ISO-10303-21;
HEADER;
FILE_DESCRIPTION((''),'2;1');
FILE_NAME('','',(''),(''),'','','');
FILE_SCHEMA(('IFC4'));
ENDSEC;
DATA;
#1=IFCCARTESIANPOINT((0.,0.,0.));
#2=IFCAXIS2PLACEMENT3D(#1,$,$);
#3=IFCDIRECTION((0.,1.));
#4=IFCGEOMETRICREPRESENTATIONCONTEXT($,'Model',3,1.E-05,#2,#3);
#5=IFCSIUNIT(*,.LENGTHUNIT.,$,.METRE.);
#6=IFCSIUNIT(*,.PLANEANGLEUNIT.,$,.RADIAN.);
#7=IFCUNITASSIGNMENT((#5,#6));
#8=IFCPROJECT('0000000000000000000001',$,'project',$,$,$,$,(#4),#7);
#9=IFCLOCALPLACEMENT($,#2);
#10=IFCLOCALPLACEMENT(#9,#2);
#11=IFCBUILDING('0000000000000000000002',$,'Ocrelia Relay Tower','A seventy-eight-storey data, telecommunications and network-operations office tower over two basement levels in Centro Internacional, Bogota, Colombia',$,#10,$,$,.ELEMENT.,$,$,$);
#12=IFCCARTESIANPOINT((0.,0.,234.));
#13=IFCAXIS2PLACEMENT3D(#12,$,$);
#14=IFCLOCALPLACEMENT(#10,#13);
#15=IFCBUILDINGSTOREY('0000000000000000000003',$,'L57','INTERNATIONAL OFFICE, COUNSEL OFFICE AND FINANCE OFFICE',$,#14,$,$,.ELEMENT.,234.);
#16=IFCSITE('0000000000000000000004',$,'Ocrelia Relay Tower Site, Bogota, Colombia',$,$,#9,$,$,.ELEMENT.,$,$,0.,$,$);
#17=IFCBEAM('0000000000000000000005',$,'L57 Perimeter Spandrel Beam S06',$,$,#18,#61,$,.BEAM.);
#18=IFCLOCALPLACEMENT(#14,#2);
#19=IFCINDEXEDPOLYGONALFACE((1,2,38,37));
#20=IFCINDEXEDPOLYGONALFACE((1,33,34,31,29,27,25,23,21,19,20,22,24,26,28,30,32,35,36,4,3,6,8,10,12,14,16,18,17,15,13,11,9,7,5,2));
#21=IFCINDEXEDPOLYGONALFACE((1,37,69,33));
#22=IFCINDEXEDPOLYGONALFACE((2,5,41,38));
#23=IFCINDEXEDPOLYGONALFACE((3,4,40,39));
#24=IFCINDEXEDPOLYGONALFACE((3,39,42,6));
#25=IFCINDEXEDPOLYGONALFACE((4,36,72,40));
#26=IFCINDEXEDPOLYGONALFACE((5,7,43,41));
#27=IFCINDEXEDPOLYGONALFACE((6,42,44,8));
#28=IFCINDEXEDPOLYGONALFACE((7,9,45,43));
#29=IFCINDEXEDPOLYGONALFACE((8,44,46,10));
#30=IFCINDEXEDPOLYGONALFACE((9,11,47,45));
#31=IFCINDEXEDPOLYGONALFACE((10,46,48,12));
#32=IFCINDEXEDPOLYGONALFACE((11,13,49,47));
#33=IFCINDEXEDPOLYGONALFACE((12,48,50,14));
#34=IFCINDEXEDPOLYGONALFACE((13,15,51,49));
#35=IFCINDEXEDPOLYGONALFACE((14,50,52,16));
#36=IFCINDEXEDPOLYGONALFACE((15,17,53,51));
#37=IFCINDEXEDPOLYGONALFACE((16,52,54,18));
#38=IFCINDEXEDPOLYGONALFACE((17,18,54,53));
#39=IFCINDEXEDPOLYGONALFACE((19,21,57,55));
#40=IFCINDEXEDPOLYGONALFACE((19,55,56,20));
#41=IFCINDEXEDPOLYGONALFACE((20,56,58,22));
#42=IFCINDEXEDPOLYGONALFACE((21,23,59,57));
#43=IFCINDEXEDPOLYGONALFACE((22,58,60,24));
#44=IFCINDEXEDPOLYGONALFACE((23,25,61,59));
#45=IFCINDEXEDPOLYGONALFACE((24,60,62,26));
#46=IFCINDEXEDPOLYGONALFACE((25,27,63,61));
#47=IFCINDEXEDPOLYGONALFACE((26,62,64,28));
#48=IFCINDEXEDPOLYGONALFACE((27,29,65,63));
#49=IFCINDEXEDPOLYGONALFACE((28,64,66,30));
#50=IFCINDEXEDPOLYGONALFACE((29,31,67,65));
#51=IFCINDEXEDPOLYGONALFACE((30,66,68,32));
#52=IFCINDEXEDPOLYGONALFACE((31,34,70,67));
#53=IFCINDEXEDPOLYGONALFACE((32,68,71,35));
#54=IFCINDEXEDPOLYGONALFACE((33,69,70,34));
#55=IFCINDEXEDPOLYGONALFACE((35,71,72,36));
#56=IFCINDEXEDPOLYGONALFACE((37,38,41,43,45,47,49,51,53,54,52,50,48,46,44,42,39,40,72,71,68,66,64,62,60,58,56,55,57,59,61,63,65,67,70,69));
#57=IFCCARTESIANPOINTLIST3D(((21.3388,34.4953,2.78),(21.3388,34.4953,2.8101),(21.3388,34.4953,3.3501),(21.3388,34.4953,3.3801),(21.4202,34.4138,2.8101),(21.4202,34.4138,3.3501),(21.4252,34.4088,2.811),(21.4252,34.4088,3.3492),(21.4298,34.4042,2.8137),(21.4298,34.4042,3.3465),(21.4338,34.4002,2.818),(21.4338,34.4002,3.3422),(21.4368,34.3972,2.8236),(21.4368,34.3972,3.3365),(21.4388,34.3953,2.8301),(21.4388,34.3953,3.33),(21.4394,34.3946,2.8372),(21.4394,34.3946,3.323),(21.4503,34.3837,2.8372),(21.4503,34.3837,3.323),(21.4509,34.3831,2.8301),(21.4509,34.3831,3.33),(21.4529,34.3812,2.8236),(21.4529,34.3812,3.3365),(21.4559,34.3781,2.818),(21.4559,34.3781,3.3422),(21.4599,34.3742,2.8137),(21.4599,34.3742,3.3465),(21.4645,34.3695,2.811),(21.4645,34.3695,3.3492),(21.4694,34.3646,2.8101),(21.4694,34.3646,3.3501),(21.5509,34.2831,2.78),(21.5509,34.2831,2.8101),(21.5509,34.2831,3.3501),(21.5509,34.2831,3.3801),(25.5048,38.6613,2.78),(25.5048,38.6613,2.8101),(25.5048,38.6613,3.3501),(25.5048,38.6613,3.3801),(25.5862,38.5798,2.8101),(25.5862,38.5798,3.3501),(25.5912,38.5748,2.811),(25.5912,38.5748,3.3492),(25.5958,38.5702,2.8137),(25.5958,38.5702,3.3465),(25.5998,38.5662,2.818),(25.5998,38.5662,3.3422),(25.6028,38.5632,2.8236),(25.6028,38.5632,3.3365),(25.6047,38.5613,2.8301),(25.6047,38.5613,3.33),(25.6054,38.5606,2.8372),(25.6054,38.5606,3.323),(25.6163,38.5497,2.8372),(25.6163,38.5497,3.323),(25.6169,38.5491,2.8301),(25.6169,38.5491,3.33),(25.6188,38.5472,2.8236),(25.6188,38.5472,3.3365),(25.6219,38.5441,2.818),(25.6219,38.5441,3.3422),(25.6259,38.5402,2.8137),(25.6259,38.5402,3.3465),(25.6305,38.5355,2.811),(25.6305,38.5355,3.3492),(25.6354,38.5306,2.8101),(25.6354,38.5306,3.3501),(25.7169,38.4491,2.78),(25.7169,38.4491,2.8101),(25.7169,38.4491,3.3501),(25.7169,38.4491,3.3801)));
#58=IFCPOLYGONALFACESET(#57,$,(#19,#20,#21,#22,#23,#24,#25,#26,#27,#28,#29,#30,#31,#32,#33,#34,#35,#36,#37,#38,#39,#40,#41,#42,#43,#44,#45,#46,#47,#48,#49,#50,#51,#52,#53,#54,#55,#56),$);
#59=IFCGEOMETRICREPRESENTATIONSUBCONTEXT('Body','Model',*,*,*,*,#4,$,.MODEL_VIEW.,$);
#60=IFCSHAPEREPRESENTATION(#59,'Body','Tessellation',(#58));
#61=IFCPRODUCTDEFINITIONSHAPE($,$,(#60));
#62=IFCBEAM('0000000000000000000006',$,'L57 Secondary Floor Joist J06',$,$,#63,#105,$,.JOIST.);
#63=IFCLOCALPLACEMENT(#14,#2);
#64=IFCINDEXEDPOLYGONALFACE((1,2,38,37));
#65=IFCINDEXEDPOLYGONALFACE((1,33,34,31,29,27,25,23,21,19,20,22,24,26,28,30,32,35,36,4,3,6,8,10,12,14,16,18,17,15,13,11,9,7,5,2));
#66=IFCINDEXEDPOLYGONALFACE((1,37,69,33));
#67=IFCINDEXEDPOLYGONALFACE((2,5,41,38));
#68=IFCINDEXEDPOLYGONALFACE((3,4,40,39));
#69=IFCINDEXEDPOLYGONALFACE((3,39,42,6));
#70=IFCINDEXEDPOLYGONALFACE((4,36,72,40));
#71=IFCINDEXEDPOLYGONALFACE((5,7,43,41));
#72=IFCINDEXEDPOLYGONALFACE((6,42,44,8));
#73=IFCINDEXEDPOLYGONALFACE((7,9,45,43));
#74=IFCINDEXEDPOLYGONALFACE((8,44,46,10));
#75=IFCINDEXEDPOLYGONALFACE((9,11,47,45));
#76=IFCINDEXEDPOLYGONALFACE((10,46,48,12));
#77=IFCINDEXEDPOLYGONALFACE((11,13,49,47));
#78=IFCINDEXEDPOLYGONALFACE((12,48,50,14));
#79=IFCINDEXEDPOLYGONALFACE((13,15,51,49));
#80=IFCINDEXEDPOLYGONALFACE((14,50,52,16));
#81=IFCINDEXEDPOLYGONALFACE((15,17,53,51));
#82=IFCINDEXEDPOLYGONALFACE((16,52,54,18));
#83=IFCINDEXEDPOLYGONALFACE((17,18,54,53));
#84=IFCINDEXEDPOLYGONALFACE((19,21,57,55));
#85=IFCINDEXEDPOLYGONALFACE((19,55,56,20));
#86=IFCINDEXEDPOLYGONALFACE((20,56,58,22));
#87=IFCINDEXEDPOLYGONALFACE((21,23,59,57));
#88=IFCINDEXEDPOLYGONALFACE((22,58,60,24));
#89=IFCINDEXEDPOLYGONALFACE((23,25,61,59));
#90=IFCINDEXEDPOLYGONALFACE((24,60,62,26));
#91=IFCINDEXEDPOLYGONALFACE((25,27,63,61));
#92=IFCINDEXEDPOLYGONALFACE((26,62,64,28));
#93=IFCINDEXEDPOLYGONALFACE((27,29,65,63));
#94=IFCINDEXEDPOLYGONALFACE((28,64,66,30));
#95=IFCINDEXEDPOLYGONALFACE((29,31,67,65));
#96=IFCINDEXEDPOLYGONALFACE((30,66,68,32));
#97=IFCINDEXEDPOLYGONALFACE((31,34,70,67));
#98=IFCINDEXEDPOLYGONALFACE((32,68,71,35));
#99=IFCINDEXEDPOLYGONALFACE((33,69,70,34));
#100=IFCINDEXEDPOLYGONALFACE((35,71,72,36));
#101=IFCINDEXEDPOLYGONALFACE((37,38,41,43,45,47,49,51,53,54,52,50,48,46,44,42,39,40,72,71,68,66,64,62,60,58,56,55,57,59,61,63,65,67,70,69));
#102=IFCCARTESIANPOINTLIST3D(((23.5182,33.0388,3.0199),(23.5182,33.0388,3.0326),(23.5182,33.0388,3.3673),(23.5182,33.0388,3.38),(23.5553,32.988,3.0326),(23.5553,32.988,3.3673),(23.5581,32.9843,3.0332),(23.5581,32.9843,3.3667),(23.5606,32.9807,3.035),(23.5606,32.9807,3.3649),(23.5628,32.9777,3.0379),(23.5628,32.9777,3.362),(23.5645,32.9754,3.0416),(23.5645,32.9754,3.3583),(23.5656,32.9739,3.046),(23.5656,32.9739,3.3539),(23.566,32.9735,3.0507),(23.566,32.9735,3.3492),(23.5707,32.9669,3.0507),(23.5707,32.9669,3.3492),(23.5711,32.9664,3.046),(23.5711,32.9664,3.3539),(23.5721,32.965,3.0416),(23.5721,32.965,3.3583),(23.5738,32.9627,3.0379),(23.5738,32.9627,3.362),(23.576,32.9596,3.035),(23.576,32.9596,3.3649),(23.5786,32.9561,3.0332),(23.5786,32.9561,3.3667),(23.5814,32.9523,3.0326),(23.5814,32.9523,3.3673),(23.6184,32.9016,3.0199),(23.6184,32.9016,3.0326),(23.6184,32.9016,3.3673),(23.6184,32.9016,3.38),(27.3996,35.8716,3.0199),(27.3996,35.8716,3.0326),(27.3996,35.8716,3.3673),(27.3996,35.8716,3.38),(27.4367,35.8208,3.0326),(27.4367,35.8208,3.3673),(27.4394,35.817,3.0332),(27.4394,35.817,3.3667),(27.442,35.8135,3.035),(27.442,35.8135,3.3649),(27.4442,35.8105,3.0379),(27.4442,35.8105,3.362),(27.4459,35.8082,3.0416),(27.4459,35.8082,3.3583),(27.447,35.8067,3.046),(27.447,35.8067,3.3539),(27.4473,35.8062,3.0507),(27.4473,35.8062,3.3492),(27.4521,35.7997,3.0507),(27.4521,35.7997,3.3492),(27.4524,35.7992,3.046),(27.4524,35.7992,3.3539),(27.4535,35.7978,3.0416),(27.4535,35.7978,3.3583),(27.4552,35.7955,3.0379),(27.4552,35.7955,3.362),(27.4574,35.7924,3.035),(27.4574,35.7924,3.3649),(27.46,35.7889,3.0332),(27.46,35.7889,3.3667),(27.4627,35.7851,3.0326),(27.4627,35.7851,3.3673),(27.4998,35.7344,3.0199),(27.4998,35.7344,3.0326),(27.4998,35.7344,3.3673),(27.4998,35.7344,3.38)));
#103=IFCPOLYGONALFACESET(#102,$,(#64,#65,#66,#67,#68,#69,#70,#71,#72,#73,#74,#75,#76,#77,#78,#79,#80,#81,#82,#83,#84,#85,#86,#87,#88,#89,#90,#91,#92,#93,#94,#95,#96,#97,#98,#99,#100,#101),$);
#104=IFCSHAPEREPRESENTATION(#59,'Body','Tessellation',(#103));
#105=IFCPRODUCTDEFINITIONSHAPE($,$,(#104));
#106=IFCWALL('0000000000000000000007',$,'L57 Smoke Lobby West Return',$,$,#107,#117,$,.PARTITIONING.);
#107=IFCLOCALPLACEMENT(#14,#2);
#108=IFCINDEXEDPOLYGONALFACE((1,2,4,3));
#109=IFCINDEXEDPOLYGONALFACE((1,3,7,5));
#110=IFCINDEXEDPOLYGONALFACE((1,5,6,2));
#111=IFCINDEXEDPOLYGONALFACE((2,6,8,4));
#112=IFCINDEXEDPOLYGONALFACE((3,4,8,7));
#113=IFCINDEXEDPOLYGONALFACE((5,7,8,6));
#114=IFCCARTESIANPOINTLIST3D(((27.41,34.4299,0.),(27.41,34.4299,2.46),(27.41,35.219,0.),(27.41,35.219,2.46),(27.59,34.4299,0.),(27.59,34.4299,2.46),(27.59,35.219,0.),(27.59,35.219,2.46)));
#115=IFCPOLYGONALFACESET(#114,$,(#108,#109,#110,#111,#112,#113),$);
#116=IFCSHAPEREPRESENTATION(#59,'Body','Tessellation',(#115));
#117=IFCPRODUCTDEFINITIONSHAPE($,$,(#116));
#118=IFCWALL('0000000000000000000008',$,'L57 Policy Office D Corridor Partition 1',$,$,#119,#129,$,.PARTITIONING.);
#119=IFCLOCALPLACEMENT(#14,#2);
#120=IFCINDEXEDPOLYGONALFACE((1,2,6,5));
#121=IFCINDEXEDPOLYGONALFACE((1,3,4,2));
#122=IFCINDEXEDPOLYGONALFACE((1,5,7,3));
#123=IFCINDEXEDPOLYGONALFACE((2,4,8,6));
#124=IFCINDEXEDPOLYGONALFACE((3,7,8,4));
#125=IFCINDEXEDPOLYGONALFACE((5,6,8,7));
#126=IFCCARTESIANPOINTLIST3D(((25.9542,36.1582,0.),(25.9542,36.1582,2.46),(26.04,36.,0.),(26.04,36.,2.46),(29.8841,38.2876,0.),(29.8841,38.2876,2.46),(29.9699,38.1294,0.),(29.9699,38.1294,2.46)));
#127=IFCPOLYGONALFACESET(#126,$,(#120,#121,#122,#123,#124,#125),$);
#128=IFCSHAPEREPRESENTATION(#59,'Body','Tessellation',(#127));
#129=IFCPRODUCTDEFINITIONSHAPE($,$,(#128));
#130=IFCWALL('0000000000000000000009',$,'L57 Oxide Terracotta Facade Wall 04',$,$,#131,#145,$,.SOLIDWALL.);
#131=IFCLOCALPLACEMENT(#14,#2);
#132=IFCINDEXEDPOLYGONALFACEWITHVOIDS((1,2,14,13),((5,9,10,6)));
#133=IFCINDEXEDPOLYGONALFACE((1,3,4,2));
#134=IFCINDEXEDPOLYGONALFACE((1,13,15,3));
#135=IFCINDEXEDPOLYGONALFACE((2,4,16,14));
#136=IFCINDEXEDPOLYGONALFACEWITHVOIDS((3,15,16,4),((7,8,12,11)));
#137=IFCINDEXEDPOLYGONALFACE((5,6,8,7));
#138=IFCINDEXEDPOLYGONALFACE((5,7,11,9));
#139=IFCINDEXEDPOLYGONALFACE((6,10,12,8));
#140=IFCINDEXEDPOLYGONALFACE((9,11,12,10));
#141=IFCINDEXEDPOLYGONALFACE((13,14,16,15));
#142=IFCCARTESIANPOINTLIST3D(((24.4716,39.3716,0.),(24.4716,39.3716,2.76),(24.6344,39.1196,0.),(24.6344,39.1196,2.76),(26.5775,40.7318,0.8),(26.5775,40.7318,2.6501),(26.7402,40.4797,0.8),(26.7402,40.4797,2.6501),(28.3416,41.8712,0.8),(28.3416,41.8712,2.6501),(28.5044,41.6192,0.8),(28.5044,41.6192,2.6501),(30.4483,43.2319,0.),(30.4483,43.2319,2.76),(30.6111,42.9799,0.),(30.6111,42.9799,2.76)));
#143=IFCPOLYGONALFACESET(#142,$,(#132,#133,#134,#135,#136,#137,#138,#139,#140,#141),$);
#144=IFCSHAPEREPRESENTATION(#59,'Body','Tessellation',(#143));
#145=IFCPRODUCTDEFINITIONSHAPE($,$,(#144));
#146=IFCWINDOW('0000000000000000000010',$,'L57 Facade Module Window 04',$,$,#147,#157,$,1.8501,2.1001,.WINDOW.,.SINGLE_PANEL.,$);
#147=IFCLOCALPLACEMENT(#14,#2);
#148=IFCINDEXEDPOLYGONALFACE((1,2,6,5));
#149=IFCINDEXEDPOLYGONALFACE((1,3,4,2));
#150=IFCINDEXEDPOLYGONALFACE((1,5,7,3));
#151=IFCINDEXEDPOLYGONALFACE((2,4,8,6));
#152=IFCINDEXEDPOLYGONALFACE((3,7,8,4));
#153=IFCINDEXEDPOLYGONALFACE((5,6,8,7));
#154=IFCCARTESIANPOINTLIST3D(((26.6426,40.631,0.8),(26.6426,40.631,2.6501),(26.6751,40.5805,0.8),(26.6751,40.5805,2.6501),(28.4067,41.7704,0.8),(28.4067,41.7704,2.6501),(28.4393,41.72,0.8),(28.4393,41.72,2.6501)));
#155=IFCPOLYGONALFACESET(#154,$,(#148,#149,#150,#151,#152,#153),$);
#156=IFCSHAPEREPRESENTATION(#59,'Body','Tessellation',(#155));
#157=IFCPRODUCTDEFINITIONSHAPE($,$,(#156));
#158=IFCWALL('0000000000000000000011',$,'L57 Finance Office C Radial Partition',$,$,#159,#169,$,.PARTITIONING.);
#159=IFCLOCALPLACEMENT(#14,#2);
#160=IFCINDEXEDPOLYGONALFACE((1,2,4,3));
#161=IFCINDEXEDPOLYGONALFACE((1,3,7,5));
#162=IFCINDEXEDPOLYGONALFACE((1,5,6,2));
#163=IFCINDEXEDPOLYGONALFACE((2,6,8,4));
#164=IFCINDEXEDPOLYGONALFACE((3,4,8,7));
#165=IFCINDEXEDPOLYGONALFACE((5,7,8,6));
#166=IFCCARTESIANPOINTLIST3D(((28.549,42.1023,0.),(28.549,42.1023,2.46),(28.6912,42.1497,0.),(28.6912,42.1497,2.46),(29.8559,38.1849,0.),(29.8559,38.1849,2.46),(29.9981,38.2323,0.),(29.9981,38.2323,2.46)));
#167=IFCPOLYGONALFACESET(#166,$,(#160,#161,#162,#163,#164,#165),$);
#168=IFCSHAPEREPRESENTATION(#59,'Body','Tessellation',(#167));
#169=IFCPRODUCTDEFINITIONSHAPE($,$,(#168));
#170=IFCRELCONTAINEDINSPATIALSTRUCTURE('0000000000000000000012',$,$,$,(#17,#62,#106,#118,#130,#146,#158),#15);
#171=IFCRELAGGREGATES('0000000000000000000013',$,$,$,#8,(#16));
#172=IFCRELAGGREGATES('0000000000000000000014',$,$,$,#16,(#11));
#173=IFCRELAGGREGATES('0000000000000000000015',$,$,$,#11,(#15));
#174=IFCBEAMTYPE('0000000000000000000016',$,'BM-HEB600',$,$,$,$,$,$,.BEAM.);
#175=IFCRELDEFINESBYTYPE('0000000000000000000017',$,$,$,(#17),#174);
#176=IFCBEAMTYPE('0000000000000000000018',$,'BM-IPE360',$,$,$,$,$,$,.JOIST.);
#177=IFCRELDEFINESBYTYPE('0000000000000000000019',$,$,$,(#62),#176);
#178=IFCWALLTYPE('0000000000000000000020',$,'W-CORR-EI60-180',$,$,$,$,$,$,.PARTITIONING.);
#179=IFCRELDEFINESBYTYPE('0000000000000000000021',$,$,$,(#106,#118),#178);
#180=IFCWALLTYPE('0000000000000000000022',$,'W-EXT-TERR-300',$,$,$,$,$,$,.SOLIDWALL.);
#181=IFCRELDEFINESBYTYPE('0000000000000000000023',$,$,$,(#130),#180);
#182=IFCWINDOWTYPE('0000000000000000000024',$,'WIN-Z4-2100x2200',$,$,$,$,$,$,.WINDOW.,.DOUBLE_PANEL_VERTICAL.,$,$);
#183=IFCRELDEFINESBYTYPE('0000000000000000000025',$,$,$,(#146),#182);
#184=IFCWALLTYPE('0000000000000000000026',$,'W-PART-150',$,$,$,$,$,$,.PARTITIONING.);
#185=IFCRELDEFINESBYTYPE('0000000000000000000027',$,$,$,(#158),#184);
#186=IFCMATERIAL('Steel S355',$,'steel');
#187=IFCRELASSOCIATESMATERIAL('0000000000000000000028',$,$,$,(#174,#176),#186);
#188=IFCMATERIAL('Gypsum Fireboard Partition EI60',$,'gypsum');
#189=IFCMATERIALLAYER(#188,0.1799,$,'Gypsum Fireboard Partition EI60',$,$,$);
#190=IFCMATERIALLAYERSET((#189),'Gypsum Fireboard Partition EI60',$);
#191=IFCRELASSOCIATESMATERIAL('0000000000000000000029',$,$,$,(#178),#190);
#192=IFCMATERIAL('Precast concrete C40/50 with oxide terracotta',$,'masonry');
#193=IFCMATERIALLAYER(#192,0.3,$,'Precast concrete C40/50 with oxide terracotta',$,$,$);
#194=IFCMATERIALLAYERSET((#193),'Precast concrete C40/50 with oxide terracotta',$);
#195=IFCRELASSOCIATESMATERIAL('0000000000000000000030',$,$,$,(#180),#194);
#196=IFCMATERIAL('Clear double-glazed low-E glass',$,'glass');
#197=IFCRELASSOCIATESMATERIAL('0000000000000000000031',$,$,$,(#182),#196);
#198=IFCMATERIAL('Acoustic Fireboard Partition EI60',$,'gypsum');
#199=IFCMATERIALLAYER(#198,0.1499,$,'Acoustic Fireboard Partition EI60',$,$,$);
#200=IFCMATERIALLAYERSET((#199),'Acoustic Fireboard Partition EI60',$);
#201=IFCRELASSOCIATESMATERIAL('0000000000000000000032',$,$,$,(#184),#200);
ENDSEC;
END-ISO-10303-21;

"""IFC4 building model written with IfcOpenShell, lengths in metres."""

from ifc_helpers import new_model, si_unit, direction, frame, frame_2d, origin, origin_2d, place, context, subcontext, project, spatial, rectangle, i_section, extrude, material, layer, layer_set, material_profile, profile_set, type_object, element, fill, save


model = new_model("IFC4")

# Units and contexts
model_context = context("Model", 3, precision=1e-05, world=origin(), true_north=direction((0.0, 1.0)))
body_context = subcontext(model_context, "Body", "Model", "MODEL_VIEW")
ifc_project = project(units=[si_unit("LENGTHUNIT", "METRE"), si_unit("PLANEANGLEUNIT", "RADIAN")], contexts=[model_context])

# Site, building, storey
site_placement = place(None, origin())
site = spatial("IfcSite", under=ifc_project, at=site_placement, Name="Ocrelia Relay Tower Site, Bogota, Colombia", CompositionType="ELEMENT", RefElevation=0.0)
building_placement = place(site_placement, origin())
building = spatial("IfcBuilding", under=site, at=building_placement, Name="Ocrelia Relay Tower", Description="A seventy-eight-storey data, telecommunications and network-operations office tower over two basement levels in Centro Internacional, Bogota, Colombia", CompositionType="ELEMENT")
storey_placement = place(building_placement, frame((0.0, 0.0, 234.0)))
storey = spatial("IfcBuildingStorey", under=building, at=storey_placement, Name="L57", Description="INTERNATIONAL OFFICE, COUNSEL OFFICE AND FINANCE OFFICE", CompositionType="ELEMENT", Elevation=234.0)

# Beams
ifc_material_1 = material(Name="Steel S355", Category="steel")
ifc_material_profile_1 = material_profile(ifc_material_1, i_section(OverallWidth=0.3, OverallDepth=0.6001, WebThickness=0.0154, FlangeThickness=0.03, FilletRadius=0.0271, at=origin_2d()), Name="HEB 600")
ifc_profile_set_1 = profile_set([ifc_material_profile_1], Name="Steel S355")
beam_type_1 = type_object("IfcBeamType", Name="BM-HEB600", PredefinedType="BEAM", material=ifc_profile_set_1)
beam_1_placement = place(storey_placement, frame((25.6108, 38.5552, 3.0801), z_axis=(-0.707107, -0.707107, 0.0), x_axis=(0.707107, -0.707107, 0.0)))
element("IfcBeam", 1, at=beam_1_placement, inside=storey, type_object=beam_type_1, Name="L57 Perimeter Spandrel Beam S06", PredefinedType="BEAM", context=body_context, shape_type="SweptSolid", body=[
    extrude(i_section(OverallWidth=0.3, OverallDepth=0.6001, WebThickness=0.0154, FlangeThickness=0.03, FilletRadius=0.0271, at=origin_2d()), origin(), (0.0, 0.0, 1.0), 5.8916),
])
ifc_material_profile_2 = material_profile(ifc_material_1, i_section(OverallWidth=0.1699, OverallDepth=0.3601, WebThickness=0.0081, FlangeThickness=0.0127, FilletRadius=0.0181, at=origin_2d()), Name="IPE 360")
ifc_profile_set_2 = profile_set([ifc_material_profile_2], Name="Steel S355")
beam_type_2 = type_object("IfcBeamType", Name="BM-IPE360", PredefinedType="JOIST", material=ifc_profile_set_2)
beam_2_placement = place(storey_placement, frame((27.4497, 35.803, 3.2), z_axis=(-0.807748, -0.589527, 0.0), x_axis=(0.589527, -0.807748, 0.0)))
element("IfcBeam", 2, at=beam_2_placement, inside=storey, type_object=beam_type_2, Name="L57 Secondary Floor Joist J06", PredefinedType="JOIST", context=body_context, shape_type="SweptSolid", body=[
    extrude(i_section(OverallWidth=0.1699, OverallDepth=0.3601, WebThickness=0.0081, FlangeThickness=0.0127, FilletRadius=0.0181, at=origin_2d()), origin(), (0.0, 0.0, 1.0), 4.8052),
])

# Wall
ifc_material_2 = material(Name="Gypsum Fireboard Partition EI60", Category="gypsum")
ifc_layer_1 = layer(ifc_material_2, 0.1799, Name="Gypsum Fireboard Partition EI60")
ifc_layer_set_1 = layer_set([ifc_layer_1], Name="Gypsum Fireboard Partition EI60")
wall_type_1 = type_object("IfcWallType", Name="W-CORR-EI60-180", PredefinedType="PARTITIONING", material=ifc_layer_set_1)
wall_1_placement = place(storey_placement, frame((27.5, 34.4299, 0.0), z_axis=(0.0, 0.0, 1.0), x_axis=(0.0, 1.0, 0.0)))
element("IfcWall", 3, at=wall_1_placement, inside=storey, type_object=wall_type_1, Name="L57 Smoke Lobby West Return", PredefinedType="PARTITIONING", context=body_context, shape_type="SweptSolid", body=[
    extrude(rectangle(XDim=0.7891, YDim=0.1799, at=frame_2d((0.3945, 0.0))), origin(), (0.0, 0.0, 1.0), 2.46),
])

# Wall
wall_2_placement = place(storey_placement, frame((29.927, 38.2085, 0.0), z_axis=(0.0, 0.0, 1.0), x_axis=(-0.879228, -0.476401, 0.0)))
element("IfcWall", 4, at=wall_2_placement, inside=storey, type_object=wall_type_1, Name="L57 Policy Office D Corridor Partition 1", PredefinedType="PARTITIONING", context=body_context, shape_type="SweptSolid", body=[
    extrude(rectangle(XDim=4.4697, YDim=0.1799, at=frame_2d((2.2349, 0.0))), origin(), (0.0, 0.0, 1.0), 2.46),
])

# Wall, opening, window
ifc_material_3 = material(Name="Precast concrete C40/50 with oxide terracotta", Category="masonry")
ifc_layer_2 = layer(ifc_material_3, 0.3, Name="Precast concrete C40/50 with oxide terracotta")
ifc_layer_set_2 = layer_set([ifc_layer_2], Name="Precast concrete C40/50 with oxide terracotta")
wall_type_2 = type_object("IfcWallType", Name="W-EXT-TERR-300", PredefinedType="SOLIDWALL", material=ifc_layer_set_2)
wall_3_placement = place(storey_placement, frame((30.5298, 43.106, 0.0), z_axis=(0.0, 0.0, 1.0), x_axis=(-0.840018, -0.542558, 0.0)))
wall_3 = element("IfcWall", 5, at=wall_3_placement, inside=storey, type_object=wall_type_2, Name="L57 Oxide Terracotta Facade Wall 04", PredefinedType="SOLIDWALL", context=body_context, shape_type="SweptSolid", body=[
    extrude(rectangle(XDim=7.115, YDim=0.3, at=frame_2d((3.5576, 0.0))), origin(), (0.0, 0.0, 1.0), 2.76),
])
opening_1_placement = place(wall_3_placement, frame((2.5081, 0.0, 0.8)))
opening_1 = element("IfcOpeningElement", 6, at=opening_1_placement, cuts=wall_3, PredefinedType="OPENING", context=body_context, shape_type="SweptSolid", body=[
    extrude(rectangle(XDim=2.1001, YDim=1.8501, at=frame_2d((1.05, 0.925))), frame((0.0, 0.1602, 0.0), z_axis=(0.0, -1.0, 0.0), x_axis=(1.0, 0.0, 0.0)), (0.0, 0.0, 1.0), 0.3201),
])
ifc_material_4 = material(Name="Clear double-glazed low-E glass", Category="glass")
window_type = type_object("IfcWindowType", Name="WIN-Z4-2100x2200", PartitioningType="DOUBLE_PANEL_VERTICAL", PredefinedType="WINDOW", material=ifc_material_4)
window_placement = place(opening_1_placement, origin())
window = element("IfcWindow", 7, at=window_placement, inside=storey, type_object=window_type, Name="L57 Facade Module Window 04", OverallHeight=1.8501, OverallWidth=2.1001, PartitioningType="SINGLE_PANEL", PredefinedType="WINDOW", context=body_context, shape_type="SweptSolid", body=[
    extrude(rectangle(XDim=2.1001, YDim=1.8501, at=frame_2d((1.05, 0.925))), frame((0.0, 0.03, 0.0), z_axis=(0.0, -1.0, 0.0), x_axis=(1.0, 0.0, 0.0)), (0.0, 0.0, 1.0), 0.0601),
])
fill(opening_1, window)

# Wall
ifc_material_5 = material(Name="Acoustic Fireboard Partition EI60", Category="gypsum")
ifc_layer_3 = layer(ifc_material_5, 0.1499, Name="Acoustic Fireboard Partition EI60")
ifc_layer_set_3 = layer_set([ifc_layer_3], Name="Acoustic Fireboard Partition EI60")
wall_type_3 = type_object("IfcWallType", Name="W-PART-150", PredefinedType="PARTITIONING", material=ifc_layer_set_3)
wall_4_placement = place(storey_placement, frame((29.927, 38.2085, 0.0), z_axis=(0.0, 0.0, 1.0), x_axis=(-0.316458, 0.948606, 0.0)))
element("IfcWall", 8, at=wall_4_placement, inside=storey, type_object=wall_type_3, Name="L57 Finance Office C Radial Partition", PredefinedType="PARTITIONING", context=body_context, shape_type="SweptSolid", body=[
    extrude(rectangle(XDim=4.1296, YDim=0.1499, at=frame_2d((2.0649, 0.0))), origin(), (0.0, 0.0, 1.0), 2.46),
])

save(model, "model.ifc")
